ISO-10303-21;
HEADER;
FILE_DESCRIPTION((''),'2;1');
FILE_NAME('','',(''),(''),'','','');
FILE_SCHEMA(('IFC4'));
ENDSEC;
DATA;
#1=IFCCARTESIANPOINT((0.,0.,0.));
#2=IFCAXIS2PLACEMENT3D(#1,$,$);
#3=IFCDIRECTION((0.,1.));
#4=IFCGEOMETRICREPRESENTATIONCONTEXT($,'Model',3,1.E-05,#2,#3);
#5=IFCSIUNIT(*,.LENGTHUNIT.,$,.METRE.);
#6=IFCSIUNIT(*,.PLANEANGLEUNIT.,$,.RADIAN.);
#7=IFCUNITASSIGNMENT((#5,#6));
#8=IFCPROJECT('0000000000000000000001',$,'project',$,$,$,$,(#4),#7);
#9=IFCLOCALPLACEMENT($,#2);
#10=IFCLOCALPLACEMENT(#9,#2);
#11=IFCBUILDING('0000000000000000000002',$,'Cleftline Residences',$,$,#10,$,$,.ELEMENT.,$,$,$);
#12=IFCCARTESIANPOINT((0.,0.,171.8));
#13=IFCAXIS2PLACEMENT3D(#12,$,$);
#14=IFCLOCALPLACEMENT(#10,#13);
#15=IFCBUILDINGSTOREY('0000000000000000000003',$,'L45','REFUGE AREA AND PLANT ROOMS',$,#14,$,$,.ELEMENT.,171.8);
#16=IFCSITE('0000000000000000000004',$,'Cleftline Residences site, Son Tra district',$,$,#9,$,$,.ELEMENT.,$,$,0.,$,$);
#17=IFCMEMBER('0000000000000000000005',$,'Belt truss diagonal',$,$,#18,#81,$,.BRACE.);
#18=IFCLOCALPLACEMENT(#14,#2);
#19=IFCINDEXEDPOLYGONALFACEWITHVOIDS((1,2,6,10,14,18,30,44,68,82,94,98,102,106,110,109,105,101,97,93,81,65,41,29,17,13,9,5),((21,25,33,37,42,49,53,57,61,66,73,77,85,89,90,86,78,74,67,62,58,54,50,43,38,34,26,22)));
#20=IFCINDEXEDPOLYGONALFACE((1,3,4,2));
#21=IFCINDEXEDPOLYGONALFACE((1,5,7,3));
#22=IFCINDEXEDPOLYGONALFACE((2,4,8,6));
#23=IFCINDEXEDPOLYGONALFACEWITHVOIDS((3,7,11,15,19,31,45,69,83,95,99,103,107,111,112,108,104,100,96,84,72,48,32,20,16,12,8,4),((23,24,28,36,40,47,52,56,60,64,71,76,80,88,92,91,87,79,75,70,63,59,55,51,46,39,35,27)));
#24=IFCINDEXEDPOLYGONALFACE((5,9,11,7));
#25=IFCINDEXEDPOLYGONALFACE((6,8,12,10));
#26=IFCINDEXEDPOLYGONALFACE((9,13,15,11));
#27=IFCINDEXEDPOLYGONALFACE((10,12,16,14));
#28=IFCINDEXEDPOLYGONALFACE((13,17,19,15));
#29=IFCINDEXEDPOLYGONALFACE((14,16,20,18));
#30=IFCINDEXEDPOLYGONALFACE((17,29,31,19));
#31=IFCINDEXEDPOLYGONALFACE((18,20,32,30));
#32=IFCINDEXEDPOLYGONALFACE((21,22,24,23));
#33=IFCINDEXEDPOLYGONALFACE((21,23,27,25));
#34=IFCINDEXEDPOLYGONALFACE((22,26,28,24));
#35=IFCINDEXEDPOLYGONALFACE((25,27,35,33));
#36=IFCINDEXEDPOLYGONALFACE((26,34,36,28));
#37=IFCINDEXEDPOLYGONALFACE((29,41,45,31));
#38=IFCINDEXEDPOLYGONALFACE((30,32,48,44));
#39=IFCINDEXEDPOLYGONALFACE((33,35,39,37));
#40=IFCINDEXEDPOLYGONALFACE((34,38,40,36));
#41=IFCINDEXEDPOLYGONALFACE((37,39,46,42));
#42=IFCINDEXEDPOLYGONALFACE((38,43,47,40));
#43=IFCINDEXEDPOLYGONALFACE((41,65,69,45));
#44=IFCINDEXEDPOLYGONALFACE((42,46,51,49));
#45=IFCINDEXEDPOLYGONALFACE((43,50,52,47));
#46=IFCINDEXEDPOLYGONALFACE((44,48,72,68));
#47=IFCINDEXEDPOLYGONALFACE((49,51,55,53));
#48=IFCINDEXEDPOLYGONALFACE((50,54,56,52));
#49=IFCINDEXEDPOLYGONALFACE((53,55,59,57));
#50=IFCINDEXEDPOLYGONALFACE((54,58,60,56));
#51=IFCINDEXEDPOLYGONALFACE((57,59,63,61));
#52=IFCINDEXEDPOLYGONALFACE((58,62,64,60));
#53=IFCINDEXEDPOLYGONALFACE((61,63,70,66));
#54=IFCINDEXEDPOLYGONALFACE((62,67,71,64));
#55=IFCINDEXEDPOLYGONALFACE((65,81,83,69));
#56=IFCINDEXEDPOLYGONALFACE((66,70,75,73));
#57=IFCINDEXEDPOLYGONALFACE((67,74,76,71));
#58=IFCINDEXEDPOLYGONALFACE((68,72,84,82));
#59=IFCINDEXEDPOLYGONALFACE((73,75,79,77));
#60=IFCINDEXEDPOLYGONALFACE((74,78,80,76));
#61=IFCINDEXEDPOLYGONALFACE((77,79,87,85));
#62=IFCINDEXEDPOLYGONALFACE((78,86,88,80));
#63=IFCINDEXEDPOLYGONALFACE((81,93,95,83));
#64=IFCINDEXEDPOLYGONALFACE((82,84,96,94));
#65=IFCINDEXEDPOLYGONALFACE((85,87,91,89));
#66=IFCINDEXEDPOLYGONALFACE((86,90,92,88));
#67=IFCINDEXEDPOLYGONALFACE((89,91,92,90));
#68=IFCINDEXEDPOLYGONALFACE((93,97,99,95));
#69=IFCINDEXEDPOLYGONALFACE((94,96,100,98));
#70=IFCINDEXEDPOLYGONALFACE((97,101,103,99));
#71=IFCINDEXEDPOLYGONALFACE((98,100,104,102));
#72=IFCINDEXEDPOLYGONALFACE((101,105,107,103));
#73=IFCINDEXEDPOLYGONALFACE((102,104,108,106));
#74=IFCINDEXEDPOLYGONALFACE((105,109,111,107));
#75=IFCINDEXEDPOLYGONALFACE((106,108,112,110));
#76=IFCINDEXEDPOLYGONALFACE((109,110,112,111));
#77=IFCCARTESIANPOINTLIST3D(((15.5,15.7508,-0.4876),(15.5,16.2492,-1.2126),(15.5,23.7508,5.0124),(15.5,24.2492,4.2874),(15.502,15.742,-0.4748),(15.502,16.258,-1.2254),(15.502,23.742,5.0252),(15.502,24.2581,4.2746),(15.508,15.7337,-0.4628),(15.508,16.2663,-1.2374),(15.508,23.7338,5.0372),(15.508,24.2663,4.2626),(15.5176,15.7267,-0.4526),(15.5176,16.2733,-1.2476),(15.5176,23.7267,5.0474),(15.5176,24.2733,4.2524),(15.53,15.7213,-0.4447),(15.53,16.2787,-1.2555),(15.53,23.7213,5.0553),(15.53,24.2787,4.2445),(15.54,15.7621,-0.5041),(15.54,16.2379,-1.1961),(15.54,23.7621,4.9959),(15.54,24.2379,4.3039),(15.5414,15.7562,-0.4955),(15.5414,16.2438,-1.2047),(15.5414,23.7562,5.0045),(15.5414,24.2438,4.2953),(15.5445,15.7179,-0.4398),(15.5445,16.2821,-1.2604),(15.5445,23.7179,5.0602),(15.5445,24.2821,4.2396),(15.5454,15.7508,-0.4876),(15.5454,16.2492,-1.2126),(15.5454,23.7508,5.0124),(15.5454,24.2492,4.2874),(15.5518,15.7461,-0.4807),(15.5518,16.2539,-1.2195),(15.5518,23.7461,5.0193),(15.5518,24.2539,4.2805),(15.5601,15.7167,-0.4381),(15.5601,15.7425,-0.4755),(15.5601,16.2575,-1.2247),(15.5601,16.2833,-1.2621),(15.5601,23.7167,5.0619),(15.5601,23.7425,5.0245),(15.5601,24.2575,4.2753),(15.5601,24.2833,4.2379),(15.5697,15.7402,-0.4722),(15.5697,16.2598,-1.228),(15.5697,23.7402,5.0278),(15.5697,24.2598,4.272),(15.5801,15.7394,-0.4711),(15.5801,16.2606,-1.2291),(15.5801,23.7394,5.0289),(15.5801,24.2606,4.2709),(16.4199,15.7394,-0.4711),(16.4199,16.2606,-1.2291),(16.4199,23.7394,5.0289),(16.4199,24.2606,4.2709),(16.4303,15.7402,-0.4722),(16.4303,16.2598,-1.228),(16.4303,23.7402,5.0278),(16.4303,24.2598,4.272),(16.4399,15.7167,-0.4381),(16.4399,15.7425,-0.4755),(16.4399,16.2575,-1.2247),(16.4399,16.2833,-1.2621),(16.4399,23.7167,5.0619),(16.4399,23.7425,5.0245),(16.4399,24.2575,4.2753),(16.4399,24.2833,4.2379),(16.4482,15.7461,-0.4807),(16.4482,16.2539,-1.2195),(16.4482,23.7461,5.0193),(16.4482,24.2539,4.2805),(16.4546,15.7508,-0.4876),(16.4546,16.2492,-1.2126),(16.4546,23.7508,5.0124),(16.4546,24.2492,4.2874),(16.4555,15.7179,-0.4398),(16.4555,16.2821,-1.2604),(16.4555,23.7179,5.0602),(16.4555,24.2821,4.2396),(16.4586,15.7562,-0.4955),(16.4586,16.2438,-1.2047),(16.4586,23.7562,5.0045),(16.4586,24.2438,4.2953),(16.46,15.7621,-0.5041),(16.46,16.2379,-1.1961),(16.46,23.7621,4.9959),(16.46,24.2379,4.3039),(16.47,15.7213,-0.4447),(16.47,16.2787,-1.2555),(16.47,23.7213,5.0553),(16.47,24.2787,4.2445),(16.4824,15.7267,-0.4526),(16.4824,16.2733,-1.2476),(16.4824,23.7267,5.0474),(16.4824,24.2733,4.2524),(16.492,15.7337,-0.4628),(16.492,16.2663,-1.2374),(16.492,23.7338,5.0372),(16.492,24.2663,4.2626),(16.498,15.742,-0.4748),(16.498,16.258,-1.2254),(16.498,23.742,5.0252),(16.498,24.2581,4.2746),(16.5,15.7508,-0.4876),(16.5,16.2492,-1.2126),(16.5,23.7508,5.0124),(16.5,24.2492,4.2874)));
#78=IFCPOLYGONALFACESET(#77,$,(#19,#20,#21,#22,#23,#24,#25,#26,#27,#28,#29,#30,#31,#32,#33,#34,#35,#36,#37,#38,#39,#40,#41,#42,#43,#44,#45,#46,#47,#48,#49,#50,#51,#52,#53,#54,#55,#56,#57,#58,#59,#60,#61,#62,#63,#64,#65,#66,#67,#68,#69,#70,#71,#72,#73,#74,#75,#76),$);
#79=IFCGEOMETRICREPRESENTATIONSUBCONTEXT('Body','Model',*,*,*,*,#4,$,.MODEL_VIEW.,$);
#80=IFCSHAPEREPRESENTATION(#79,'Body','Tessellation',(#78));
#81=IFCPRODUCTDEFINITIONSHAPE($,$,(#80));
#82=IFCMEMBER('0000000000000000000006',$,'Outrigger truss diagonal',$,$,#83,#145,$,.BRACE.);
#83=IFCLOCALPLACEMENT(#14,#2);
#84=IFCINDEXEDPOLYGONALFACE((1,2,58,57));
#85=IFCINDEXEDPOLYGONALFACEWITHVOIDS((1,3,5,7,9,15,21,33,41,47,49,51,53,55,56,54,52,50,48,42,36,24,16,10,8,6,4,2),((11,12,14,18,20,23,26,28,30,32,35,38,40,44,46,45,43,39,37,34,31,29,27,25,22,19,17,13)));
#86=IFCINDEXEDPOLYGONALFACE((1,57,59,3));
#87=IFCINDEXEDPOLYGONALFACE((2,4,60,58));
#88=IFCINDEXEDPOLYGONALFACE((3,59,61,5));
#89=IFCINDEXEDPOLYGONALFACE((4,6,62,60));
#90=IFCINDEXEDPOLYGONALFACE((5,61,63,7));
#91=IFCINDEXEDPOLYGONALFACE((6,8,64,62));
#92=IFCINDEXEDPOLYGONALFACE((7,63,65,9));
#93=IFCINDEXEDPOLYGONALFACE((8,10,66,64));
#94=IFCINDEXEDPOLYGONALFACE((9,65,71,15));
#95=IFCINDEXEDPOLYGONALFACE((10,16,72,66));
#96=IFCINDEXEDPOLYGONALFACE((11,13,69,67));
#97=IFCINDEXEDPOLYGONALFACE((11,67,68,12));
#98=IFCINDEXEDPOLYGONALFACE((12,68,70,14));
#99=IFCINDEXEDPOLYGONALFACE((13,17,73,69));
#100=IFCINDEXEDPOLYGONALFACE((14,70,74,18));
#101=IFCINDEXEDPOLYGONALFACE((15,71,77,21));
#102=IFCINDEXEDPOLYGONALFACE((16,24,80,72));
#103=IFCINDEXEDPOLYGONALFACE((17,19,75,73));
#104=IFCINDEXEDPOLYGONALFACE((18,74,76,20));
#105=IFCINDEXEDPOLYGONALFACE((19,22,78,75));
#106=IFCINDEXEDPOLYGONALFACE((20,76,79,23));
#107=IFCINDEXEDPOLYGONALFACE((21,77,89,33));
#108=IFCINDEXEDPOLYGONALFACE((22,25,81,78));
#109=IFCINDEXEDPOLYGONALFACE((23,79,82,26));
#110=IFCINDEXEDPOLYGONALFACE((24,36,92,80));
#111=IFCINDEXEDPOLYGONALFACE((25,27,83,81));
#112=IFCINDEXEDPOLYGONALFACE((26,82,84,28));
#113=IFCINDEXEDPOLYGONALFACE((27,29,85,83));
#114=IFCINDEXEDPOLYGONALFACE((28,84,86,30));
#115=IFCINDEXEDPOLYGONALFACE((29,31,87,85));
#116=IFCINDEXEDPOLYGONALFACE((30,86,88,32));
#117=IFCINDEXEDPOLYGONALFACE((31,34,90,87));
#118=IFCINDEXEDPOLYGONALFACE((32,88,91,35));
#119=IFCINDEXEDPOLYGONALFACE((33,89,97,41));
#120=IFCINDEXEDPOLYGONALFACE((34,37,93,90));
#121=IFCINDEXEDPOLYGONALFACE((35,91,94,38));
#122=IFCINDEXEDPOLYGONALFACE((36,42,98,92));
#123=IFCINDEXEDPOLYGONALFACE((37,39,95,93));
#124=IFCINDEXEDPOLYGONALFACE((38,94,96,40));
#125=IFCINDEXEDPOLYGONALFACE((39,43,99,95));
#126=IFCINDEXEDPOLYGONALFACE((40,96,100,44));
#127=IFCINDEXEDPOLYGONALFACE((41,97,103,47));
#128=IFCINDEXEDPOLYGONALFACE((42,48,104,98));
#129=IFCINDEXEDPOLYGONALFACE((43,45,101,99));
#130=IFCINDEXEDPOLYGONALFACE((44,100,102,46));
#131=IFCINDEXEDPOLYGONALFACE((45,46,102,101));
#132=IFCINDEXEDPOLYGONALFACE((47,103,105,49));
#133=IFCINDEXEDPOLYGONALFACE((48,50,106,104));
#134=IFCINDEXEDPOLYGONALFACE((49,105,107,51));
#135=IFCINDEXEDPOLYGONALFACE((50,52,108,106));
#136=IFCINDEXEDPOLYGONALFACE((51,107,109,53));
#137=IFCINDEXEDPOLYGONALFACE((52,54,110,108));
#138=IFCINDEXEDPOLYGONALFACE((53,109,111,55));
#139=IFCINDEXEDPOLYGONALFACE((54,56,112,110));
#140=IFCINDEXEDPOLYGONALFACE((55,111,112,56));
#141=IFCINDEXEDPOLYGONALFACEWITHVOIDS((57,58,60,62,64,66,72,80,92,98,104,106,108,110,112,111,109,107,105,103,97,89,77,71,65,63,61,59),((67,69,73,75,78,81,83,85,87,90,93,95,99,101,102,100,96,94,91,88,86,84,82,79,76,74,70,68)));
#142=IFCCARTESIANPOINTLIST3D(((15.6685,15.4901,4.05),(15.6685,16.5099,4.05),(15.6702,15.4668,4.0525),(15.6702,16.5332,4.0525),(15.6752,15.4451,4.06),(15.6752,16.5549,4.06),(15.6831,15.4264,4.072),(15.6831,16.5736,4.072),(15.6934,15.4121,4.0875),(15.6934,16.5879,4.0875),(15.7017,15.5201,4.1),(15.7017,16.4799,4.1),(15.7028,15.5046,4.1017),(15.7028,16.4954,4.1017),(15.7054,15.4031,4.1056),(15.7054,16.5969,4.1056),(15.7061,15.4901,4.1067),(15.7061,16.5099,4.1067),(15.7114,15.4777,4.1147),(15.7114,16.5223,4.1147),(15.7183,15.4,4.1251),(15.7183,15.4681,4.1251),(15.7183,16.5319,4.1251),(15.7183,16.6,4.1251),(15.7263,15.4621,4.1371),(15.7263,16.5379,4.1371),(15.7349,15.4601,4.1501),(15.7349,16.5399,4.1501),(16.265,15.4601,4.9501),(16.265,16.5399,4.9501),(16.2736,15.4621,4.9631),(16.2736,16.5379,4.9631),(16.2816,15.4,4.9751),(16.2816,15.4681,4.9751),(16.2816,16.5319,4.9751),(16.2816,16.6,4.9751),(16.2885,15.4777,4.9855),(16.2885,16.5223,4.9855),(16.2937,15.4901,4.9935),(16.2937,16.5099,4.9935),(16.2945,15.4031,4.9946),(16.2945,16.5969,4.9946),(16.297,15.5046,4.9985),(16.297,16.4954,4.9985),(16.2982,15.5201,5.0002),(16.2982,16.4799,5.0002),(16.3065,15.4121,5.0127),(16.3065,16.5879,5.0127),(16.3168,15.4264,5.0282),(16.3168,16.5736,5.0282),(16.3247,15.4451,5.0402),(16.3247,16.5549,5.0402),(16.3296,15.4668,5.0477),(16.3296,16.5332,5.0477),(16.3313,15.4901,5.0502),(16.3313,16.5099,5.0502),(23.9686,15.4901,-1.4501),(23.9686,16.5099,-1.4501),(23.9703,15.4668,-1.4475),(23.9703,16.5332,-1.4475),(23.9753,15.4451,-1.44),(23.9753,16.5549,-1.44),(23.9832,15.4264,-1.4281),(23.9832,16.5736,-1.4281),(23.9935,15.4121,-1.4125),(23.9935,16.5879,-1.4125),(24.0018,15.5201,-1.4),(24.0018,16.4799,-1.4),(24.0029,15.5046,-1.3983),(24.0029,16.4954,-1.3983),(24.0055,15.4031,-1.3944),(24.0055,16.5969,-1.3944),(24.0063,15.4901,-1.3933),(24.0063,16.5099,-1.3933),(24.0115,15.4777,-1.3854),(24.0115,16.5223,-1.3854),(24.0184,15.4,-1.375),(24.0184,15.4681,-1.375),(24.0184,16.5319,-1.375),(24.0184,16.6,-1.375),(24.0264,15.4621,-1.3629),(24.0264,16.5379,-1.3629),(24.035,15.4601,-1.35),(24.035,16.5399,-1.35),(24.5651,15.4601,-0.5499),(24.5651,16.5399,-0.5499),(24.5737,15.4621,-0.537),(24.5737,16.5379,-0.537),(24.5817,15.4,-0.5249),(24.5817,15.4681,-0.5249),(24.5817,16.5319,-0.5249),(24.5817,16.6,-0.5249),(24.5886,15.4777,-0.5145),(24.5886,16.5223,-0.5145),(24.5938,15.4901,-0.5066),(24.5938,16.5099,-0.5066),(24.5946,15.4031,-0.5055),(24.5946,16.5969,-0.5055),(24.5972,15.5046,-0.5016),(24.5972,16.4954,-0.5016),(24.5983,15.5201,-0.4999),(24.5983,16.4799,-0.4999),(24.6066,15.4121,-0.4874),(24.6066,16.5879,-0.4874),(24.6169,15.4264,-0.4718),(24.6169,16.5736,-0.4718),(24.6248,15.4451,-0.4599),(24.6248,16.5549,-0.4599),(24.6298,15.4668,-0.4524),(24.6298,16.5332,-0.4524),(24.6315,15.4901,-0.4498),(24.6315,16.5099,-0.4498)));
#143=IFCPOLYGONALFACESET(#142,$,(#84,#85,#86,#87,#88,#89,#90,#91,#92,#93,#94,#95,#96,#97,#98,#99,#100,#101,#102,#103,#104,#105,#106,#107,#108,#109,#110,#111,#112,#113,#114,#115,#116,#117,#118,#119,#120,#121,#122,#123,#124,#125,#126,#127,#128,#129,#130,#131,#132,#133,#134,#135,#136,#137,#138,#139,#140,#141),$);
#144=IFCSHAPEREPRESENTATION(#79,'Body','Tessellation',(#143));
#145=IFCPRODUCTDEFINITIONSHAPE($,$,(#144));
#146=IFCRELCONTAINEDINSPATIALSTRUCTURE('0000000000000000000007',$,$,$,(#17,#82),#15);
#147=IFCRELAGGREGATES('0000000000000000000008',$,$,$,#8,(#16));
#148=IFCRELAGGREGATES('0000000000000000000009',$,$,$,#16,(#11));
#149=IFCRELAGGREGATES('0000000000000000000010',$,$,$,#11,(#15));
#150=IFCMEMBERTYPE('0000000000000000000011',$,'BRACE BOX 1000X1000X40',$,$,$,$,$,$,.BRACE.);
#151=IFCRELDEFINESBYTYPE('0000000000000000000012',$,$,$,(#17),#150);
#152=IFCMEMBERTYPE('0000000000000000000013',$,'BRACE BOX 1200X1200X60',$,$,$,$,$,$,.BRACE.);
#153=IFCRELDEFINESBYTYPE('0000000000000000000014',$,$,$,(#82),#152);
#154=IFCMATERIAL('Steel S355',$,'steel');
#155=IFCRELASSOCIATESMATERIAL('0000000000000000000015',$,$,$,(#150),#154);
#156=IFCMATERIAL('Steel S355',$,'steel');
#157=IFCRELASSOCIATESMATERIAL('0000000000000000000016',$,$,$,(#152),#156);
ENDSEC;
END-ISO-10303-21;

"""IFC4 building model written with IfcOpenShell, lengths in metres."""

from ifc_helpers import new_model, si_unit, direction, frame, origin, origin_2d, place, context, subcontext, project, spatial, hollow_rectangle, extrude, material, material_profile, profile_set, type_object, element, save


model = new_model("IFC4")

# Units and contexts
model_context = context("Model", 3, precision=1e-05, world=origin(), true_north=direction((0.0, 1.0)))
body_context = subcontext(model_context, "Body", "Model", "MODEL_VIEW")
ifc_project = project(units=[si_unit("LENGTHUNIT", "METRE"), si_unit("PLANEANGLEUNIT", "RADIAN")], contexts=[model_context])

# Site, building, storey
site_placement = place(None, origin())
site = spatial("IfcSite", under=ifc_project, at=site_placement, Name="Cleftline Residences site, Son Tra district", CompositionType="ELEMENT", RefElevation=0.0)
building_placement = place(site_placement, origin())
building = spatial("IfcBuilding", under=site, at=building_placement, Name="Cleftline Residences", CompositionType="ELEMENT")
storey_placement = place(building_placement, frame((0.0, 0.0, 171.8)))
storey = spatial("IfcBuildingStorey", under=building, at=storey_placement, Name="L45", Description="REFUGE AREA AND PLANT ROOMS", CompositionType="ELEMENT", Elevation=171.8)

# Members
ifc_material_1 = material(Name="Steel S355", Category="steel")
ifc_material_profile_1 = material_profile(ifc_material_1, hollow_rectangle(XDim=1.0, YDim=1.0, WallThickness=0.04, InnerFilletRadius=0.04, OuterFilletRadius=0.0601, at=origin_2d()))
ifc_profile_set_1 = profile_set([ifc_material_profile_1], Name="Steel S355")
member_type_1 = type_object("IfcMemberType", Name="BRACE BOX 1000X1000X40", PredefinedType="BRACE", material=ifc_profile_set_1)
member_1_placement = place(storey_placement, frame((16.0, 16.0, -0.8501), z_axis=(0.0, 0.824042, 0.566529), x_axis=(0.0, -0.566529, 0.824042)))
element("IfcMember", 1, at=member_1_placement, inside=storey, type_object=member_type_1, Name="Belt truss diagonal", PredefinedType="BRACE", context=body_context, shape_type="SweptSolid", body=[
    extrude(hollow_rectangle(XDim=1.0, YDim=1.0, WallThickness=0.04, InnerFilletRadius=0.04, OuterFilletRadius=0.0601, at=origin_2d()), origin(), (0.0, 0.0, 1.0), 9.7083),
])
ifc_material_2 = material(Name="Steel S355", Category="steel")
ifc_material_profile_2 = material_profile(ifc_material_2, hollow_rectangle(XDim=1.2, YDim=1.2, WallThickness=0.0601, InnerFilletRadius=0.0601, OuterFilletRadius=0.0901, at=origin_2d()))
ifc_profile_set_2 = profile_set([ifc_material_profile_2], Name="Steel S355")
member_type_2 = type_object("IfcMemberType", Name="BRACE BOX 1200X1200X60", PredefinedType="BRACE", material=ifc_profile_set_2)
member_2_placement = place(storey_placement, frame((24.3, 16.0, -0.95), z_axis=(-0.833594, 0.0, 0.552378), x_axis=(0.552378, 0.0, 0.833594)))
element("IfcMember", 2, at=member_2_placement, inside=storey, type_object=member_type_2, Name="Outrigger truss diagonal", PredefinedType="BRACE", context=body_context, shape_type="SweptSolid", body=[
    extrude(hollow_rectangle(XDim=1.2, YDim=1.2, WallThickness=0.0601, InnerFilletRadius=0.0601, OuterFilletRadius=0.0901, at=origin_2d()), origin(), (0.0, 0.0, 1.0), 9.957),
])

save(model, "model.ifc")
